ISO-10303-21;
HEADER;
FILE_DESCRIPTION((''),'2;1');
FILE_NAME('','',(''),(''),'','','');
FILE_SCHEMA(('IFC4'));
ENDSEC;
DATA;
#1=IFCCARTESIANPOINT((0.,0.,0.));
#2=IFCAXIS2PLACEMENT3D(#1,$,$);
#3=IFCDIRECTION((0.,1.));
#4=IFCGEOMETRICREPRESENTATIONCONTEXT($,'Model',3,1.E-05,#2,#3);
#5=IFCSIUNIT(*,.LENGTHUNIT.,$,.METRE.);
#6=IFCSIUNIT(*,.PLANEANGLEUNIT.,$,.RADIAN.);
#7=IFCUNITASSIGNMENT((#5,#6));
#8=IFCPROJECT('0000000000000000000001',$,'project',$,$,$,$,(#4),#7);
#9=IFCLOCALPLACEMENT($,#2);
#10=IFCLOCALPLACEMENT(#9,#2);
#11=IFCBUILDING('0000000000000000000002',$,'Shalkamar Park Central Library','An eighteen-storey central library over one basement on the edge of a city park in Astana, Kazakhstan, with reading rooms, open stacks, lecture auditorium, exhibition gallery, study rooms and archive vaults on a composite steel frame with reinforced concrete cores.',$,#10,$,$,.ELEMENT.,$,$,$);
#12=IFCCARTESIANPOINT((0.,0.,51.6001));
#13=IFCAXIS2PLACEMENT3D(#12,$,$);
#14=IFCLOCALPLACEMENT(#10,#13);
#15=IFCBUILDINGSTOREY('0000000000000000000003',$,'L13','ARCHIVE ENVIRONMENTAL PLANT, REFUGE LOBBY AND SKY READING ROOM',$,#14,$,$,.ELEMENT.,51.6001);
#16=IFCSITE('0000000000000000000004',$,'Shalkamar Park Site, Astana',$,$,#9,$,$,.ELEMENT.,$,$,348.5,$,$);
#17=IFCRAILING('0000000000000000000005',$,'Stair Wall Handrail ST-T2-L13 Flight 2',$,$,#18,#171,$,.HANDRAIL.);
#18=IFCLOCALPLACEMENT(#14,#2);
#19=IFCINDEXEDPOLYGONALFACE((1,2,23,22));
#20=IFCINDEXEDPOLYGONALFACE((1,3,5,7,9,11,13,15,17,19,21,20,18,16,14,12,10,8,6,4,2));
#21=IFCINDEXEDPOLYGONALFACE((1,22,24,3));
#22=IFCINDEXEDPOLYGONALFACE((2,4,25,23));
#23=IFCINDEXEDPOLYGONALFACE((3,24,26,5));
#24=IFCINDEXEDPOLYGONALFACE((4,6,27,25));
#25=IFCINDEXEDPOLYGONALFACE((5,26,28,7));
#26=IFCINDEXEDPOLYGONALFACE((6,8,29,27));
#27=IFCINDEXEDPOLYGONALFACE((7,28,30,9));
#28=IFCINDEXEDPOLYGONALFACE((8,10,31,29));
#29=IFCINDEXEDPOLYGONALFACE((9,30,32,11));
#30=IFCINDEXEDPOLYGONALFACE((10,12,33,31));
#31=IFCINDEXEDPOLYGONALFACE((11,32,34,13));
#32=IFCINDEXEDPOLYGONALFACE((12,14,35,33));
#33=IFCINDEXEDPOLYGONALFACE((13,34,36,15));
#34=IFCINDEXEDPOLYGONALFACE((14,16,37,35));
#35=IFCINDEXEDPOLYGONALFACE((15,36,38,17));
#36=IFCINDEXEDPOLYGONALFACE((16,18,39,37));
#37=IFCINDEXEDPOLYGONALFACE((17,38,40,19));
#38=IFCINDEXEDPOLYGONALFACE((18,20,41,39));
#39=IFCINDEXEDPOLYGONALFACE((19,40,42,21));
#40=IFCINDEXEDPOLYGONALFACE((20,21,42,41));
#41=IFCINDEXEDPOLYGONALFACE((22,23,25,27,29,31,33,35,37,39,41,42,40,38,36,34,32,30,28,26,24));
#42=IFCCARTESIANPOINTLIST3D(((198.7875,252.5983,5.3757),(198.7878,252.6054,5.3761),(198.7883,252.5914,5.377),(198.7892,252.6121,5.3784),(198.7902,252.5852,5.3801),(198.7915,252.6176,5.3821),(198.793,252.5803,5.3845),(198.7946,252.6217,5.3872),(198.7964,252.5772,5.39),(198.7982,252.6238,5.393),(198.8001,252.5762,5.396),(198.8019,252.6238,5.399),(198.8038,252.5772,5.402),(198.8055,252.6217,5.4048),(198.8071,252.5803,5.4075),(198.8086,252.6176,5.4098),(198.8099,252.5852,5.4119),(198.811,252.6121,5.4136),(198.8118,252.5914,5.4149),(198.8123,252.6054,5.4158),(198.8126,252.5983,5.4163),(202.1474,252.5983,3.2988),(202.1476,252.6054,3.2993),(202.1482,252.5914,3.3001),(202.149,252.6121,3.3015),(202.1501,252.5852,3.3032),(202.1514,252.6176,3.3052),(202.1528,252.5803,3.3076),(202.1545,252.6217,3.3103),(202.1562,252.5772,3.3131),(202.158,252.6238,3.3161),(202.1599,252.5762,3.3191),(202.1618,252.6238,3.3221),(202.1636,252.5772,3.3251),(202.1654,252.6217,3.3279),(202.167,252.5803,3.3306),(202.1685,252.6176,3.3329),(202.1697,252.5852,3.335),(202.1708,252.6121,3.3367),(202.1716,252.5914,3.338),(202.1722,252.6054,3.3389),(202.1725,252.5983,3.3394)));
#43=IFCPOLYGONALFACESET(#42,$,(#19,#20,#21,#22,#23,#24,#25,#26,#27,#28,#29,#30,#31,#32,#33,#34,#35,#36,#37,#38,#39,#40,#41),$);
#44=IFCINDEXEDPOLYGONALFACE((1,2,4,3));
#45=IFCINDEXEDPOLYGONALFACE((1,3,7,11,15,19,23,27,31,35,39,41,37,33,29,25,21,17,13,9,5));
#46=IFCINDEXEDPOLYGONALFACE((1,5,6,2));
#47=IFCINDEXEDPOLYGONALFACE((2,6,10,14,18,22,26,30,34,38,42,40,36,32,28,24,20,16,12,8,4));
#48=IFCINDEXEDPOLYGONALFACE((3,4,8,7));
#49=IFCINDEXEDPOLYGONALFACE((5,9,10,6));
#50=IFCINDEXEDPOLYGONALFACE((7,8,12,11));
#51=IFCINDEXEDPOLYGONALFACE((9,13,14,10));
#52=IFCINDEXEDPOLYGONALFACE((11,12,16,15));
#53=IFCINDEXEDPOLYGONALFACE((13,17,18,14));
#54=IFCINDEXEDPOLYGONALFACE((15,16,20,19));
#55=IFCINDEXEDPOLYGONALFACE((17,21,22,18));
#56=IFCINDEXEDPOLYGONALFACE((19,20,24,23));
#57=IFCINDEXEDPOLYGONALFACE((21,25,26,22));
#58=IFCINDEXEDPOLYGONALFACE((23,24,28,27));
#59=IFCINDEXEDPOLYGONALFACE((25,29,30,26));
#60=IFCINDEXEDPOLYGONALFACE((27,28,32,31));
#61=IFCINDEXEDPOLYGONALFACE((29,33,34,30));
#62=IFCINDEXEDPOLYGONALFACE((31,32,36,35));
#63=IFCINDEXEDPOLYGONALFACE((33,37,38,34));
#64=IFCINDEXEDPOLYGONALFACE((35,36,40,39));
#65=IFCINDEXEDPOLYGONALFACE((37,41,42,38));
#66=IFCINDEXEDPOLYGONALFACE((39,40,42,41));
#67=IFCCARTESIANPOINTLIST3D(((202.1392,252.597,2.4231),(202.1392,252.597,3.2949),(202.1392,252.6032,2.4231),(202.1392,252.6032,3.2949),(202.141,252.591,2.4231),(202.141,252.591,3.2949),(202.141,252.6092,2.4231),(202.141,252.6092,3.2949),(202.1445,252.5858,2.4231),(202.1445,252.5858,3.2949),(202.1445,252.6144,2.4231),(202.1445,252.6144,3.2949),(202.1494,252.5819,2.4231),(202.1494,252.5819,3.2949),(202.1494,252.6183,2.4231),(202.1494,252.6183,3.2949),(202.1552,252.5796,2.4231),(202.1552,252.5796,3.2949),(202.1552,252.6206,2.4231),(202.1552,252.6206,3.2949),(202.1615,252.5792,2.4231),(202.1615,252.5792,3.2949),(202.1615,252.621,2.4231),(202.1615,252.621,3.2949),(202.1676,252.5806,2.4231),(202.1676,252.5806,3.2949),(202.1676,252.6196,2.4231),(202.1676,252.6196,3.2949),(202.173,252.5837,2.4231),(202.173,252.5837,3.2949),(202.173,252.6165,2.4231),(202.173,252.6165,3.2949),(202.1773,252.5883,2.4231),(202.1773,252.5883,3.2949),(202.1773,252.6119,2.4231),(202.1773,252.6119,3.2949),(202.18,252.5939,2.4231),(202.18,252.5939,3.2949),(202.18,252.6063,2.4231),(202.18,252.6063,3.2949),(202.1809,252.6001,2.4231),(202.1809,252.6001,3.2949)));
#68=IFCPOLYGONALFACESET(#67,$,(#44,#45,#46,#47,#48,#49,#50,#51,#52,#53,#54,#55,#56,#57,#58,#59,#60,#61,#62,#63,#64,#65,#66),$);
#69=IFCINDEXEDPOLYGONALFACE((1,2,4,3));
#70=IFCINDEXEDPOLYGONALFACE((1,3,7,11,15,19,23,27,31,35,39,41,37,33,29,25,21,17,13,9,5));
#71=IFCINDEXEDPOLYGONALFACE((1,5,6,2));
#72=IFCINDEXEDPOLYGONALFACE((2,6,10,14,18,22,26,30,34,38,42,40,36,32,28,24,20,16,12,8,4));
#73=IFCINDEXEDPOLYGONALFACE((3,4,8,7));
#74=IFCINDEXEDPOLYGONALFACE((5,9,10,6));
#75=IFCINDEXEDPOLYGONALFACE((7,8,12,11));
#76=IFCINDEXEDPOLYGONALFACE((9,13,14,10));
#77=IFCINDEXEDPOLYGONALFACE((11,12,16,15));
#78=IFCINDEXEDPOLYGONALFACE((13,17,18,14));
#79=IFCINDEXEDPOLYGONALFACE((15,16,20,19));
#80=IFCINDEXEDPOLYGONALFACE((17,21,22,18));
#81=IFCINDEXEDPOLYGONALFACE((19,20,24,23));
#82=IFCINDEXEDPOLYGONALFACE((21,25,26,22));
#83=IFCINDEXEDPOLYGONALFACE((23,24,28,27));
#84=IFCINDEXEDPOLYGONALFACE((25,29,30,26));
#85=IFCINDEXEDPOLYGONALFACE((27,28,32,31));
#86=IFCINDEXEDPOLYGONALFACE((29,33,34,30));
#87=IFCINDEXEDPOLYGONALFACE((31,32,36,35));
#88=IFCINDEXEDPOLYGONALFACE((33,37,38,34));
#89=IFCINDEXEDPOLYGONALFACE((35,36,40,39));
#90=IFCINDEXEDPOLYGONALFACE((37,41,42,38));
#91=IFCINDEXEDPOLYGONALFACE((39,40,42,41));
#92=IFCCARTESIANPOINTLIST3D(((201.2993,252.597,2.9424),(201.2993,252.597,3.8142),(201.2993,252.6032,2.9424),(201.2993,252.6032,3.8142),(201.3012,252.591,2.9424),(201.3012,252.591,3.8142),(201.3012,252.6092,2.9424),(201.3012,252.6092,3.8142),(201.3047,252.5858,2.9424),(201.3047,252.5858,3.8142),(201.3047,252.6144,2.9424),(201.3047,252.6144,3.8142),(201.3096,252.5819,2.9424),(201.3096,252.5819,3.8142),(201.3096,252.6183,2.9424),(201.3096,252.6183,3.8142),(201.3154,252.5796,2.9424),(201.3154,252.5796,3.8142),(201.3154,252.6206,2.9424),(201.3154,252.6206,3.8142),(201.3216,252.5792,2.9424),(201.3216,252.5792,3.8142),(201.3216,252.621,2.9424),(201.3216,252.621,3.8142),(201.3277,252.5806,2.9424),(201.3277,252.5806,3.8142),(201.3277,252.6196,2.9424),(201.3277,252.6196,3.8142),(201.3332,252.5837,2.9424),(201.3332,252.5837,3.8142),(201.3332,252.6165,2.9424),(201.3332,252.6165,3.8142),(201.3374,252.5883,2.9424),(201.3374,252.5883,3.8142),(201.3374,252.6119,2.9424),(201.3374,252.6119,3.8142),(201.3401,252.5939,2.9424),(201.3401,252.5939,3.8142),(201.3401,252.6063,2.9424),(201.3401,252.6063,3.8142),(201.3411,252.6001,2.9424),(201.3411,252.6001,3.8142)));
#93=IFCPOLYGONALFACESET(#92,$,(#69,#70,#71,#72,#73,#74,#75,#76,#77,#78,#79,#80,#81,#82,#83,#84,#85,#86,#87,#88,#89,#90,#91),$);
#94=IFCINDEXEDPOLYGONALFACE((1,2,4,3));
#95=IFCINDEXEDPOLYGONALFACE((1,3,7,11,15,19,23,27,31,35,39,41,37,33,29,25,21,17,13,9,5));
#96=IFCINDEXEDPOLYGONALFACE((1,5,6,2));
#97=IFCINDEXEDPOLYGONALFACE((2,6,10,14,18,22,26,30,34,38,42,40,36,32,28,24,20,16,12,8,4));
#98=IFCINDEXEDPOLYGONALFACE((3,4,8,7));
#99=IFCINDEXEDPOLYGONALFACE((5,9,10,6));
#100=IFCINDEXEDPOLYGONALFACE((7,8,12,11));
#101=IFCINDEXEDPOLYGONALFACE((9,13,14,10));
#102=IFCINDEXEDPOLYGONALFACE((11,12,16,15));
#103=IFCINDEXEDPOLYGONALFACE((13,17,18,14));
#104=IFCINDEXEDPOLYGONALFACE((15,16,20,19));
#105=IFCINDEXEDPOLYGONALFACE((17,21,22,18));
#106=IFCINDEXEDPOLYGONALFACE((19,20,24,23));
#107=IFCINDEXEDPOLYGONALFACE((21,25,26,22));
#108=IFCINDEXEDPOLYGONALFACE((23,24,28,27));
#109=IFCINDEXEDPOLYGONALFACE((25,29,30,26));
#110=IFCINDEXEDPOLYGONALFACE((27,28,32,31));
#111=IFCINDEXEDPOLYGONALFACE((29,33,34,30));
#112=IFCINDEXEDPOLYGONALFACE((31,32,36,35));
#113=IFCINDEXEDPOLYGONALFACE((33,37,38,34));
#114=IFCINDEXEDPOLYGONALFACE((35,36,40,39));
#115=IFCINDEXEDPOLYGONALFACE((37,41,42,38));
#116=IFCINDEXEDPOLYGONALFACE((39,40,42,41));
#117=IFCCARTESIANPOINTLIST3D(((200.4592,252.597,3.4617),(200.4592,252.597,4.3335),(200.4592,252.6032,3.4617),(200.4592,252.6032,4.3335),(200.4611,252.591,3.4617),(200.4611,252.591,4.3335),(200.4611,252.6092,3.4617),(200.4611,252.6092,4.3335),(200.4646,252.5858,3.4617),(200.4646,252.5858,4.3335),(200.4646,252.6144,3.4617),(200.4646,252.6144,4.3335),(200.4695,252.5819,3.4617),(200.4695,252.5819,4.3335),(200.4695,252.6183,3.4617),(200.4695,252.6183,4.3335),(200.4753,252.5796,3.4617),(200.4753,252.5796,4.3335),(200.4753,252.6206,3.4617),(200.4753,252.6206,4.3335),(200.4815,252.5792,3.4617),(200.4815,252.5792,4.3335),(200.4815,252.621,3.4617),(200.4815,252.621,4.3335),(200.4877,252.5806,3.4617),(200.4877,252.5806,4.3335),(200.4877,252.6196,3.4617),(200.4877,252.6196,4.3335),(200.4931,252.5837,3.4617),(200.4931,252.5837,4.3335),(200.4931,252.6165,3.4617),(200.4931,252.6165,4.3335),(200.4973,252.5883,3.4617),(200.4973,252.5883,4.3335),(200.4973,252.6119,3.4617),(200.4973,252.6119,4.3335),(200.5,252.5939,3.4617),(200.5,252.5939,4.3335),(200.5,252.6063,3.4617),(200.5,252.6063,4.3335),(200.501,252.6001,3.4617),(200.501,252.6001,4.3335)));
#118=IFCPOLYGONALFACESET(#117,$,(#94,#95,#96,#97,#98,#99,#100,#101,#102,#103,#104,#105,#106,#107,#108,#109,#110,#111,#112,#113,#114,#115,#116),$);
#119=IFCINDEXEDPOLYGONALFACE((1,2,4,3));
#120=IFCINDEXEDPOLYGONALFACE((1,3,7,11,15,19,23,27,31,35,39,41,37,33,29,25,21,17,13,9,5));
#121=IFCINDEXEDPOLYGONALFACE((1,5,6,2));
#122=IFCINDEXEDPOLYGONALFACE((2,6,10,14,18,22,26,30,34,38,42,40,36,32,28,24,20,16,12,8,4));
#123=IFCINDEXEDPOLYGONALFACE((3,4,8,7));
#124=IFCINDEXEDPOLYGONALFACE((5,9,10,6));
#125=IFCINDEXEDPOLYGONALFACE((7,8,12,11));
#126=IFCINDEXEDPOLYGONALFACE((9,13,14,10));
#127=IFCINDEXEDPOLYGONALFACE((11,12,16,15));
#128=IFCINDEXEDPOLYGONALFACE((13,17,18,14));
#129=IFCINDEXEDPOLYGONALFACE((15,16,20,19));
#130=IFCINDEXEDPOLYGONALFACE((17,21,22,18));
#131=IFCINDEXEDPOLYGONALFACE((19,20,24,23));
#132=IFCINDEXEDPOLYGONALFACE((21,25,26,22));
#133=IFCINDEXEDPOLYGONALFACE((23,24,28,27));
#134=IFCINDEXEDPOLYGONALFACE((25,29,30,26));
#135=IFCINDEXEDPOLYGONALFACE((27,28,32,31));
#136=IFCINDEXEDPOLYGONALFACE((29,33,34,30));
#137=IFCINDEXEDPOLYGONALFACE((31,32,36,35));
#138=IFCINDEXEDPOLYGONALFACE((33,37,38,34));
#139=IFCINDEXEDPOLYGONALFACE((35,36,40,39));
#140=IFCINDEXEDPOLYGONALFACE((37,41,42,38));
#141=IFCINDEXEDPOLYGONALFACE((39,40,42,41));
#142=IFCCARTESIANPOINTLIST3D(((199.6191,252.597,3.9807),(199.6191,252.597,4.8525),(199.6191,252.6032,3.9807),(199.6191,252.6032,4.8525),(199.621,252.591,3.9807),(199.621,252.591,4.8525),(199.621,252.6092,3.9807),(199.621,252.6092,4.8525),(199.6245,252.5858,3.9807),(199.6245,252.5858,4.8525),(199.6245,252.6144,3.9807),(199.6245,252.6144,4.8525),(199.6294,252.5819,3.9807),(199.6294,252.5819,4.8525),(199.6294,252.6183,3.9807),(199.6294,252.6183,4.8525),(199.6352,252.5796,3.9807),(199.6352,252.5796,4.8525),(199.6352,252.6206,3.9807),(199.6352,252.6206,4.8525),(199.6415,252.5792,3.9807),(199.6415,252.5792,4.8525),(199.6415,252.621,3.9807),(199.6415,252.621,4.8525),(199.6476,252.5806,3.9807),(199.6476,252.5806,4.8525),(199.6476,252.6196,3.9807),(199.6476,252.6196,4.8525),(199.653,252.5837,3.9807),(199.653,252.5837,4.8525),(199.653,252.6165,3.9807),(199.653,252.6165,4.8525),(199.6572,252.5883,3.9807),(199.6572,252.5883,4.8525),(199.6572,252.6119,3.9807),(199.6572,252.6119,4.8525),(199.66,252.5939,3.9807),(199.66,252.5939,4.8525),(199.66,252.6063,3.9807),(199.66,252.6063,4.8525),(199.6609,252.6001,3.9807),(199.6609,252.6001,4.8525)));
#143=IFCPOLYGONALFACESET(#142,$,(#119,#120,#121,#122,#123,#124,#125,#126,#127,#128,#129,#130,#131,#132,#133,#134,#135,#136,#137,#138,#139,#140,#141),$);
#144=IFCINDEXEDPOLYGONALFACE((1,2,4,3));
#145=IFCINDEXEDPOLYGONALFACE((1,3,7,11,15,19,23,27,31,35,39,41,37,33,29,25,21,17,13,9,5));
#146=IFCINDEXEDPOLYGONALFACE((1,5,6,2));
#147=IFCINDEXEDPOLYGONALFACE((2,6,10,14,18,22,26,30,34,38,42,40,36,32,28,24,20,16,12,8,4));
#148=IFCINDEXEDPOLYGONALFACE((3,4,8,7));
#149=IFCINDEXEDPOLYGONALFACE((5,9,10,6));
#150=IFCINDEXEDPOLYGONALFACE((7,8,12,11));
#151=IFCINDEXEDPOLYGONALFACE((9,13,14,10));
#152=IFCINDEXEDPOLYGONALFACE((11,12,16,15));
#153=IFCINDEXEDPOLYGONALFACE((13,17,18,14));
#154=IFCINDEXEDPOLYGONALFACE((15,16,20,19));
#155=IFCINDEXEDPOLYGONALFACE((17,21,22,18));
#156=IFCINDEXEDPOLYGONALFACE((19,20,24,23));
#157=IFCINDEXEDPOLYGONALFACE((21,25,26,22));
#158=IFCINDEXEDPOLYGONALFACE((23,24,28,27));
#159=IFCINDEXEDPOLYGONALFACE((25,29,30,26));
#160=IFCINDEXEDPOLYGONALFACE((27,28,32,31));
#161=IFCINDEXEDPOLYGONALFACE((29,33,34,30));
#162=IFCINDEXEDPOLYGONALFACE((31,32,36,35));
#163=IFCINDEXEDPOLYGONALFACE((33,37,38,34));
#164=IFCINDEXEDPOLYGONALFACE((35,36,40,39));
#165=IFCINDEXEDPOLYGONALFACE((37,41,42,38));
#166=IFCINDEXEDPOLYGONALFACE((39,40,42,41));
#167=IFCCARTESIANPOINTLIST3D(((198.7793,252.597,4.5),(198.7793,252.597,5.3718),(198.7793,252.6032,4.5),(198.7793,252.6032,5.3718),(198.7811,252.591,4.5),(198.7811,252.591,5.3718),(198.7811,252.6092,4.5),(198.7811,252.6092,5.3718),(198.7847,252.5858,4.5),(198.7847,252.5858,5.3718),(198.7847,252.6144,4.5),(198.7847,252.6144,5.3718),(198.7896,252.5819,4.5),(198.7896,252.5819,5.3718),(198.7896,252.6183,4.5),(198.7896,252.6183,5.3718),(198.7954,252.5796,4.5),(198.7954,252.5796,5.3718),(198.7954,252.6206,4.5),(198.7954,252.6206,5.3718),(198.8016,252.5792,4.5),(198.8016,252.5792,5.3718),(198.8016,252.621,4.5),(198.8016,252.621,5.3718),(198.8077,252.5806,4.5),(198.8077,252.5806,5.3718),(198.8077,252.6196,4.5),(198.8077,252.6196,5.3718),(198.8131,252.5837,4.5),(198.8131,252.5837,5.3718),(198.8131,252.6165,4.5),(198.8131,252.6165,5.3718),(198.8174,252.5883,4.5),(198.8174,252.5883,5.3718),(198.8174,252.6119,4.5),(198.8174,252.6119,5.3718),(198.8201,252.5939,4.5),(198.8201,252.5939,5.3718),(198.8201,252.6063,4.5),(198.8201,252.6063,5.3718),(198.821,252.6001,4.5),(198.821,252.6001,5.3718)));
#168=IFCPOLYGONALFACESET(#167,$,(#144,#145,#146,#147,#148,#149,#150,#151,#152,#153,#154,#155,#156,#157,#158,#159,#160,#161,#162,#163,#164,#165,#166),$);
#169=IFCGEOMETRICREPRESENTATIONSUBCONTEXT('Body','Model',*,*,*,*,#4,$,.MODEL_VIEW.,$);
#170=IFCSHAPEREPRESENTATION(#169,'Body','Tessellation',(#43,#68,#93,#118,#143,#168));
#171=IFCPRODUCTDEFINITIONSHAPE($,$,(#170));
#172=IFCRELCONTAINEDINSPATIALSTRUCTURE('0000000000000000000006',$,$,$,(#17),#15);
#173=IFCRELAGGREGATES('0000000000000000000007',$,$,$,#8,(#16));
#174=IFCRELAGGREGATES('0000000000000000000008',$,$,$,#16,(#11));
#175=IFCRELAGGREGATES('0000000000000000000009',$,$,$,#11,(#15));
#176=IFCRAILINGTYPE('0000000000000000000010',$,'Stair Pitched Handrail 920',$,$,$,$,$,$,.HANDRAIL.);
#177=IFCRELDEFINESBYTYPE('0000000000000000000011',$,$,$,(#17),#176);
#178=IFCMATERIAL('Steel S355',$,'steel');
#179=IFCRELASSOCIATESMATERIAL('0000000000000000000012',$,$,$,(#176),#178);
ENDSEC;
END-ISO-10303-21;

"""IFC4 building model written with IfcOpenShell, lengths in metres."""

from ifc_helpers import new_model, si_unit, direction, frame, origin, origin_2d, place, context, subcontext, project, spatial, circle, extrude, material, type_object, element, save


model = new_model("IFC4")

# Units and contexts
model_context = context("Model", 3, precision=1e-05, world=origin(), true_north=direction((0.0, 1.0)))
body_context = subcontext(model_context, "Body", "Model", "MODEL_VIEW")
ifc_project = project(units=[si_unit("LENGTHUNIT", "METRE"), si_unit("PLANEANGLEUNIT", "RADIAN")], contexts=[model_context])

# Site, building, storey
site_placement = place(None, origin())
site = spatial("IfcSite", under=ifc_project, at=site_placement, Name="Shalkamar Park Site, Astana", CompositionType="ELEMENT", RefElevation=348.5)
building_placement = place(site_placement, origin())
building = spatial("IfcBuilding", under=site, at=building_placement, Name="Shalkamar Park Central Library", Description="An eighteen-storey central library over one basement on the edge of a city park in Astana, Kazakhstan, with reading rooms, open stacks, lecture auditorium, exhibition gallery, study rooms and archive vaults on a composite steel frame with reinforced concrete cores.", CompositionType="ELEMENT")
storey_placement = place(building_placement, frame((0.0, 0.0, 51.6001)))
storey = spatial("IfcBuildingStorey", under=building, at=storey_placement, Name="L13", Description="ARCHIVE ENVIRONMENTAL PLANT, REFUGE LOBBY AND SKY READING ROOM", CompositionType="ELEMENT", Elevation=51.6001)

# Shared definitions
ifc_material_1 = material(Name="Steel S355", Category="steel")

# Railing
railing_type_1 = type_object("IfcRailingType", Name="Stair Pitched Handrail 920", PredefinedType="HANDRAIL", material=ifc_material_1)
railing_1_placement = place(storey_placement, frame((202.1599, 252.6001, 2.4231)))
element("IfcRailing", 1, at=railing_1_placement, inside=storey, type_object=railing_type_1, Name="Stair Wall Handrail ST-T2-L13 Flight 2", PredefinedType="HANDRAIL", context=body_context, shape_type="SweptSolid", body=[
    extrude(circle(Radius=0.0239, at=origin_2d()), frame((0.0, 0.0, 0.896), z_axis=(-0.850606, 0.0, 0.525803), x_axis=(0.0, -1.0, 0.0)), (0.0, 0.0, 1.0), 3.95),
    extrude(circle(Radius=0.021, at=origin_2d()), origin(), (0.0, 0.0, 1.0), 0.8718),
    extrude(circle(Radius=0.021, at=origin_2d()), frame((-0.8398, 0.0, 0.5193)), (0.0, 0.0, 1.0), 0.8718),
    extrude(circle(Radius=0.021, at=origin_2d()), frame((-1.6799, 0.0, 1.0386)), (0.0, 0.0, 1.0), 0.8718),
    extrude(circle(Radius=0.021, at=origin_2d()), frame((-2.52, 0.0, 1.5576)), (0.0, 0.0, 1.0), 0.8718),
    extrude(circle(Radius=0.021, at=origin_2d()), frame((-3.3599, 0.0, 2.0769)), (0.0, 0.0, 1.0), 0.8718),
])

save(model, "model.ifc")
